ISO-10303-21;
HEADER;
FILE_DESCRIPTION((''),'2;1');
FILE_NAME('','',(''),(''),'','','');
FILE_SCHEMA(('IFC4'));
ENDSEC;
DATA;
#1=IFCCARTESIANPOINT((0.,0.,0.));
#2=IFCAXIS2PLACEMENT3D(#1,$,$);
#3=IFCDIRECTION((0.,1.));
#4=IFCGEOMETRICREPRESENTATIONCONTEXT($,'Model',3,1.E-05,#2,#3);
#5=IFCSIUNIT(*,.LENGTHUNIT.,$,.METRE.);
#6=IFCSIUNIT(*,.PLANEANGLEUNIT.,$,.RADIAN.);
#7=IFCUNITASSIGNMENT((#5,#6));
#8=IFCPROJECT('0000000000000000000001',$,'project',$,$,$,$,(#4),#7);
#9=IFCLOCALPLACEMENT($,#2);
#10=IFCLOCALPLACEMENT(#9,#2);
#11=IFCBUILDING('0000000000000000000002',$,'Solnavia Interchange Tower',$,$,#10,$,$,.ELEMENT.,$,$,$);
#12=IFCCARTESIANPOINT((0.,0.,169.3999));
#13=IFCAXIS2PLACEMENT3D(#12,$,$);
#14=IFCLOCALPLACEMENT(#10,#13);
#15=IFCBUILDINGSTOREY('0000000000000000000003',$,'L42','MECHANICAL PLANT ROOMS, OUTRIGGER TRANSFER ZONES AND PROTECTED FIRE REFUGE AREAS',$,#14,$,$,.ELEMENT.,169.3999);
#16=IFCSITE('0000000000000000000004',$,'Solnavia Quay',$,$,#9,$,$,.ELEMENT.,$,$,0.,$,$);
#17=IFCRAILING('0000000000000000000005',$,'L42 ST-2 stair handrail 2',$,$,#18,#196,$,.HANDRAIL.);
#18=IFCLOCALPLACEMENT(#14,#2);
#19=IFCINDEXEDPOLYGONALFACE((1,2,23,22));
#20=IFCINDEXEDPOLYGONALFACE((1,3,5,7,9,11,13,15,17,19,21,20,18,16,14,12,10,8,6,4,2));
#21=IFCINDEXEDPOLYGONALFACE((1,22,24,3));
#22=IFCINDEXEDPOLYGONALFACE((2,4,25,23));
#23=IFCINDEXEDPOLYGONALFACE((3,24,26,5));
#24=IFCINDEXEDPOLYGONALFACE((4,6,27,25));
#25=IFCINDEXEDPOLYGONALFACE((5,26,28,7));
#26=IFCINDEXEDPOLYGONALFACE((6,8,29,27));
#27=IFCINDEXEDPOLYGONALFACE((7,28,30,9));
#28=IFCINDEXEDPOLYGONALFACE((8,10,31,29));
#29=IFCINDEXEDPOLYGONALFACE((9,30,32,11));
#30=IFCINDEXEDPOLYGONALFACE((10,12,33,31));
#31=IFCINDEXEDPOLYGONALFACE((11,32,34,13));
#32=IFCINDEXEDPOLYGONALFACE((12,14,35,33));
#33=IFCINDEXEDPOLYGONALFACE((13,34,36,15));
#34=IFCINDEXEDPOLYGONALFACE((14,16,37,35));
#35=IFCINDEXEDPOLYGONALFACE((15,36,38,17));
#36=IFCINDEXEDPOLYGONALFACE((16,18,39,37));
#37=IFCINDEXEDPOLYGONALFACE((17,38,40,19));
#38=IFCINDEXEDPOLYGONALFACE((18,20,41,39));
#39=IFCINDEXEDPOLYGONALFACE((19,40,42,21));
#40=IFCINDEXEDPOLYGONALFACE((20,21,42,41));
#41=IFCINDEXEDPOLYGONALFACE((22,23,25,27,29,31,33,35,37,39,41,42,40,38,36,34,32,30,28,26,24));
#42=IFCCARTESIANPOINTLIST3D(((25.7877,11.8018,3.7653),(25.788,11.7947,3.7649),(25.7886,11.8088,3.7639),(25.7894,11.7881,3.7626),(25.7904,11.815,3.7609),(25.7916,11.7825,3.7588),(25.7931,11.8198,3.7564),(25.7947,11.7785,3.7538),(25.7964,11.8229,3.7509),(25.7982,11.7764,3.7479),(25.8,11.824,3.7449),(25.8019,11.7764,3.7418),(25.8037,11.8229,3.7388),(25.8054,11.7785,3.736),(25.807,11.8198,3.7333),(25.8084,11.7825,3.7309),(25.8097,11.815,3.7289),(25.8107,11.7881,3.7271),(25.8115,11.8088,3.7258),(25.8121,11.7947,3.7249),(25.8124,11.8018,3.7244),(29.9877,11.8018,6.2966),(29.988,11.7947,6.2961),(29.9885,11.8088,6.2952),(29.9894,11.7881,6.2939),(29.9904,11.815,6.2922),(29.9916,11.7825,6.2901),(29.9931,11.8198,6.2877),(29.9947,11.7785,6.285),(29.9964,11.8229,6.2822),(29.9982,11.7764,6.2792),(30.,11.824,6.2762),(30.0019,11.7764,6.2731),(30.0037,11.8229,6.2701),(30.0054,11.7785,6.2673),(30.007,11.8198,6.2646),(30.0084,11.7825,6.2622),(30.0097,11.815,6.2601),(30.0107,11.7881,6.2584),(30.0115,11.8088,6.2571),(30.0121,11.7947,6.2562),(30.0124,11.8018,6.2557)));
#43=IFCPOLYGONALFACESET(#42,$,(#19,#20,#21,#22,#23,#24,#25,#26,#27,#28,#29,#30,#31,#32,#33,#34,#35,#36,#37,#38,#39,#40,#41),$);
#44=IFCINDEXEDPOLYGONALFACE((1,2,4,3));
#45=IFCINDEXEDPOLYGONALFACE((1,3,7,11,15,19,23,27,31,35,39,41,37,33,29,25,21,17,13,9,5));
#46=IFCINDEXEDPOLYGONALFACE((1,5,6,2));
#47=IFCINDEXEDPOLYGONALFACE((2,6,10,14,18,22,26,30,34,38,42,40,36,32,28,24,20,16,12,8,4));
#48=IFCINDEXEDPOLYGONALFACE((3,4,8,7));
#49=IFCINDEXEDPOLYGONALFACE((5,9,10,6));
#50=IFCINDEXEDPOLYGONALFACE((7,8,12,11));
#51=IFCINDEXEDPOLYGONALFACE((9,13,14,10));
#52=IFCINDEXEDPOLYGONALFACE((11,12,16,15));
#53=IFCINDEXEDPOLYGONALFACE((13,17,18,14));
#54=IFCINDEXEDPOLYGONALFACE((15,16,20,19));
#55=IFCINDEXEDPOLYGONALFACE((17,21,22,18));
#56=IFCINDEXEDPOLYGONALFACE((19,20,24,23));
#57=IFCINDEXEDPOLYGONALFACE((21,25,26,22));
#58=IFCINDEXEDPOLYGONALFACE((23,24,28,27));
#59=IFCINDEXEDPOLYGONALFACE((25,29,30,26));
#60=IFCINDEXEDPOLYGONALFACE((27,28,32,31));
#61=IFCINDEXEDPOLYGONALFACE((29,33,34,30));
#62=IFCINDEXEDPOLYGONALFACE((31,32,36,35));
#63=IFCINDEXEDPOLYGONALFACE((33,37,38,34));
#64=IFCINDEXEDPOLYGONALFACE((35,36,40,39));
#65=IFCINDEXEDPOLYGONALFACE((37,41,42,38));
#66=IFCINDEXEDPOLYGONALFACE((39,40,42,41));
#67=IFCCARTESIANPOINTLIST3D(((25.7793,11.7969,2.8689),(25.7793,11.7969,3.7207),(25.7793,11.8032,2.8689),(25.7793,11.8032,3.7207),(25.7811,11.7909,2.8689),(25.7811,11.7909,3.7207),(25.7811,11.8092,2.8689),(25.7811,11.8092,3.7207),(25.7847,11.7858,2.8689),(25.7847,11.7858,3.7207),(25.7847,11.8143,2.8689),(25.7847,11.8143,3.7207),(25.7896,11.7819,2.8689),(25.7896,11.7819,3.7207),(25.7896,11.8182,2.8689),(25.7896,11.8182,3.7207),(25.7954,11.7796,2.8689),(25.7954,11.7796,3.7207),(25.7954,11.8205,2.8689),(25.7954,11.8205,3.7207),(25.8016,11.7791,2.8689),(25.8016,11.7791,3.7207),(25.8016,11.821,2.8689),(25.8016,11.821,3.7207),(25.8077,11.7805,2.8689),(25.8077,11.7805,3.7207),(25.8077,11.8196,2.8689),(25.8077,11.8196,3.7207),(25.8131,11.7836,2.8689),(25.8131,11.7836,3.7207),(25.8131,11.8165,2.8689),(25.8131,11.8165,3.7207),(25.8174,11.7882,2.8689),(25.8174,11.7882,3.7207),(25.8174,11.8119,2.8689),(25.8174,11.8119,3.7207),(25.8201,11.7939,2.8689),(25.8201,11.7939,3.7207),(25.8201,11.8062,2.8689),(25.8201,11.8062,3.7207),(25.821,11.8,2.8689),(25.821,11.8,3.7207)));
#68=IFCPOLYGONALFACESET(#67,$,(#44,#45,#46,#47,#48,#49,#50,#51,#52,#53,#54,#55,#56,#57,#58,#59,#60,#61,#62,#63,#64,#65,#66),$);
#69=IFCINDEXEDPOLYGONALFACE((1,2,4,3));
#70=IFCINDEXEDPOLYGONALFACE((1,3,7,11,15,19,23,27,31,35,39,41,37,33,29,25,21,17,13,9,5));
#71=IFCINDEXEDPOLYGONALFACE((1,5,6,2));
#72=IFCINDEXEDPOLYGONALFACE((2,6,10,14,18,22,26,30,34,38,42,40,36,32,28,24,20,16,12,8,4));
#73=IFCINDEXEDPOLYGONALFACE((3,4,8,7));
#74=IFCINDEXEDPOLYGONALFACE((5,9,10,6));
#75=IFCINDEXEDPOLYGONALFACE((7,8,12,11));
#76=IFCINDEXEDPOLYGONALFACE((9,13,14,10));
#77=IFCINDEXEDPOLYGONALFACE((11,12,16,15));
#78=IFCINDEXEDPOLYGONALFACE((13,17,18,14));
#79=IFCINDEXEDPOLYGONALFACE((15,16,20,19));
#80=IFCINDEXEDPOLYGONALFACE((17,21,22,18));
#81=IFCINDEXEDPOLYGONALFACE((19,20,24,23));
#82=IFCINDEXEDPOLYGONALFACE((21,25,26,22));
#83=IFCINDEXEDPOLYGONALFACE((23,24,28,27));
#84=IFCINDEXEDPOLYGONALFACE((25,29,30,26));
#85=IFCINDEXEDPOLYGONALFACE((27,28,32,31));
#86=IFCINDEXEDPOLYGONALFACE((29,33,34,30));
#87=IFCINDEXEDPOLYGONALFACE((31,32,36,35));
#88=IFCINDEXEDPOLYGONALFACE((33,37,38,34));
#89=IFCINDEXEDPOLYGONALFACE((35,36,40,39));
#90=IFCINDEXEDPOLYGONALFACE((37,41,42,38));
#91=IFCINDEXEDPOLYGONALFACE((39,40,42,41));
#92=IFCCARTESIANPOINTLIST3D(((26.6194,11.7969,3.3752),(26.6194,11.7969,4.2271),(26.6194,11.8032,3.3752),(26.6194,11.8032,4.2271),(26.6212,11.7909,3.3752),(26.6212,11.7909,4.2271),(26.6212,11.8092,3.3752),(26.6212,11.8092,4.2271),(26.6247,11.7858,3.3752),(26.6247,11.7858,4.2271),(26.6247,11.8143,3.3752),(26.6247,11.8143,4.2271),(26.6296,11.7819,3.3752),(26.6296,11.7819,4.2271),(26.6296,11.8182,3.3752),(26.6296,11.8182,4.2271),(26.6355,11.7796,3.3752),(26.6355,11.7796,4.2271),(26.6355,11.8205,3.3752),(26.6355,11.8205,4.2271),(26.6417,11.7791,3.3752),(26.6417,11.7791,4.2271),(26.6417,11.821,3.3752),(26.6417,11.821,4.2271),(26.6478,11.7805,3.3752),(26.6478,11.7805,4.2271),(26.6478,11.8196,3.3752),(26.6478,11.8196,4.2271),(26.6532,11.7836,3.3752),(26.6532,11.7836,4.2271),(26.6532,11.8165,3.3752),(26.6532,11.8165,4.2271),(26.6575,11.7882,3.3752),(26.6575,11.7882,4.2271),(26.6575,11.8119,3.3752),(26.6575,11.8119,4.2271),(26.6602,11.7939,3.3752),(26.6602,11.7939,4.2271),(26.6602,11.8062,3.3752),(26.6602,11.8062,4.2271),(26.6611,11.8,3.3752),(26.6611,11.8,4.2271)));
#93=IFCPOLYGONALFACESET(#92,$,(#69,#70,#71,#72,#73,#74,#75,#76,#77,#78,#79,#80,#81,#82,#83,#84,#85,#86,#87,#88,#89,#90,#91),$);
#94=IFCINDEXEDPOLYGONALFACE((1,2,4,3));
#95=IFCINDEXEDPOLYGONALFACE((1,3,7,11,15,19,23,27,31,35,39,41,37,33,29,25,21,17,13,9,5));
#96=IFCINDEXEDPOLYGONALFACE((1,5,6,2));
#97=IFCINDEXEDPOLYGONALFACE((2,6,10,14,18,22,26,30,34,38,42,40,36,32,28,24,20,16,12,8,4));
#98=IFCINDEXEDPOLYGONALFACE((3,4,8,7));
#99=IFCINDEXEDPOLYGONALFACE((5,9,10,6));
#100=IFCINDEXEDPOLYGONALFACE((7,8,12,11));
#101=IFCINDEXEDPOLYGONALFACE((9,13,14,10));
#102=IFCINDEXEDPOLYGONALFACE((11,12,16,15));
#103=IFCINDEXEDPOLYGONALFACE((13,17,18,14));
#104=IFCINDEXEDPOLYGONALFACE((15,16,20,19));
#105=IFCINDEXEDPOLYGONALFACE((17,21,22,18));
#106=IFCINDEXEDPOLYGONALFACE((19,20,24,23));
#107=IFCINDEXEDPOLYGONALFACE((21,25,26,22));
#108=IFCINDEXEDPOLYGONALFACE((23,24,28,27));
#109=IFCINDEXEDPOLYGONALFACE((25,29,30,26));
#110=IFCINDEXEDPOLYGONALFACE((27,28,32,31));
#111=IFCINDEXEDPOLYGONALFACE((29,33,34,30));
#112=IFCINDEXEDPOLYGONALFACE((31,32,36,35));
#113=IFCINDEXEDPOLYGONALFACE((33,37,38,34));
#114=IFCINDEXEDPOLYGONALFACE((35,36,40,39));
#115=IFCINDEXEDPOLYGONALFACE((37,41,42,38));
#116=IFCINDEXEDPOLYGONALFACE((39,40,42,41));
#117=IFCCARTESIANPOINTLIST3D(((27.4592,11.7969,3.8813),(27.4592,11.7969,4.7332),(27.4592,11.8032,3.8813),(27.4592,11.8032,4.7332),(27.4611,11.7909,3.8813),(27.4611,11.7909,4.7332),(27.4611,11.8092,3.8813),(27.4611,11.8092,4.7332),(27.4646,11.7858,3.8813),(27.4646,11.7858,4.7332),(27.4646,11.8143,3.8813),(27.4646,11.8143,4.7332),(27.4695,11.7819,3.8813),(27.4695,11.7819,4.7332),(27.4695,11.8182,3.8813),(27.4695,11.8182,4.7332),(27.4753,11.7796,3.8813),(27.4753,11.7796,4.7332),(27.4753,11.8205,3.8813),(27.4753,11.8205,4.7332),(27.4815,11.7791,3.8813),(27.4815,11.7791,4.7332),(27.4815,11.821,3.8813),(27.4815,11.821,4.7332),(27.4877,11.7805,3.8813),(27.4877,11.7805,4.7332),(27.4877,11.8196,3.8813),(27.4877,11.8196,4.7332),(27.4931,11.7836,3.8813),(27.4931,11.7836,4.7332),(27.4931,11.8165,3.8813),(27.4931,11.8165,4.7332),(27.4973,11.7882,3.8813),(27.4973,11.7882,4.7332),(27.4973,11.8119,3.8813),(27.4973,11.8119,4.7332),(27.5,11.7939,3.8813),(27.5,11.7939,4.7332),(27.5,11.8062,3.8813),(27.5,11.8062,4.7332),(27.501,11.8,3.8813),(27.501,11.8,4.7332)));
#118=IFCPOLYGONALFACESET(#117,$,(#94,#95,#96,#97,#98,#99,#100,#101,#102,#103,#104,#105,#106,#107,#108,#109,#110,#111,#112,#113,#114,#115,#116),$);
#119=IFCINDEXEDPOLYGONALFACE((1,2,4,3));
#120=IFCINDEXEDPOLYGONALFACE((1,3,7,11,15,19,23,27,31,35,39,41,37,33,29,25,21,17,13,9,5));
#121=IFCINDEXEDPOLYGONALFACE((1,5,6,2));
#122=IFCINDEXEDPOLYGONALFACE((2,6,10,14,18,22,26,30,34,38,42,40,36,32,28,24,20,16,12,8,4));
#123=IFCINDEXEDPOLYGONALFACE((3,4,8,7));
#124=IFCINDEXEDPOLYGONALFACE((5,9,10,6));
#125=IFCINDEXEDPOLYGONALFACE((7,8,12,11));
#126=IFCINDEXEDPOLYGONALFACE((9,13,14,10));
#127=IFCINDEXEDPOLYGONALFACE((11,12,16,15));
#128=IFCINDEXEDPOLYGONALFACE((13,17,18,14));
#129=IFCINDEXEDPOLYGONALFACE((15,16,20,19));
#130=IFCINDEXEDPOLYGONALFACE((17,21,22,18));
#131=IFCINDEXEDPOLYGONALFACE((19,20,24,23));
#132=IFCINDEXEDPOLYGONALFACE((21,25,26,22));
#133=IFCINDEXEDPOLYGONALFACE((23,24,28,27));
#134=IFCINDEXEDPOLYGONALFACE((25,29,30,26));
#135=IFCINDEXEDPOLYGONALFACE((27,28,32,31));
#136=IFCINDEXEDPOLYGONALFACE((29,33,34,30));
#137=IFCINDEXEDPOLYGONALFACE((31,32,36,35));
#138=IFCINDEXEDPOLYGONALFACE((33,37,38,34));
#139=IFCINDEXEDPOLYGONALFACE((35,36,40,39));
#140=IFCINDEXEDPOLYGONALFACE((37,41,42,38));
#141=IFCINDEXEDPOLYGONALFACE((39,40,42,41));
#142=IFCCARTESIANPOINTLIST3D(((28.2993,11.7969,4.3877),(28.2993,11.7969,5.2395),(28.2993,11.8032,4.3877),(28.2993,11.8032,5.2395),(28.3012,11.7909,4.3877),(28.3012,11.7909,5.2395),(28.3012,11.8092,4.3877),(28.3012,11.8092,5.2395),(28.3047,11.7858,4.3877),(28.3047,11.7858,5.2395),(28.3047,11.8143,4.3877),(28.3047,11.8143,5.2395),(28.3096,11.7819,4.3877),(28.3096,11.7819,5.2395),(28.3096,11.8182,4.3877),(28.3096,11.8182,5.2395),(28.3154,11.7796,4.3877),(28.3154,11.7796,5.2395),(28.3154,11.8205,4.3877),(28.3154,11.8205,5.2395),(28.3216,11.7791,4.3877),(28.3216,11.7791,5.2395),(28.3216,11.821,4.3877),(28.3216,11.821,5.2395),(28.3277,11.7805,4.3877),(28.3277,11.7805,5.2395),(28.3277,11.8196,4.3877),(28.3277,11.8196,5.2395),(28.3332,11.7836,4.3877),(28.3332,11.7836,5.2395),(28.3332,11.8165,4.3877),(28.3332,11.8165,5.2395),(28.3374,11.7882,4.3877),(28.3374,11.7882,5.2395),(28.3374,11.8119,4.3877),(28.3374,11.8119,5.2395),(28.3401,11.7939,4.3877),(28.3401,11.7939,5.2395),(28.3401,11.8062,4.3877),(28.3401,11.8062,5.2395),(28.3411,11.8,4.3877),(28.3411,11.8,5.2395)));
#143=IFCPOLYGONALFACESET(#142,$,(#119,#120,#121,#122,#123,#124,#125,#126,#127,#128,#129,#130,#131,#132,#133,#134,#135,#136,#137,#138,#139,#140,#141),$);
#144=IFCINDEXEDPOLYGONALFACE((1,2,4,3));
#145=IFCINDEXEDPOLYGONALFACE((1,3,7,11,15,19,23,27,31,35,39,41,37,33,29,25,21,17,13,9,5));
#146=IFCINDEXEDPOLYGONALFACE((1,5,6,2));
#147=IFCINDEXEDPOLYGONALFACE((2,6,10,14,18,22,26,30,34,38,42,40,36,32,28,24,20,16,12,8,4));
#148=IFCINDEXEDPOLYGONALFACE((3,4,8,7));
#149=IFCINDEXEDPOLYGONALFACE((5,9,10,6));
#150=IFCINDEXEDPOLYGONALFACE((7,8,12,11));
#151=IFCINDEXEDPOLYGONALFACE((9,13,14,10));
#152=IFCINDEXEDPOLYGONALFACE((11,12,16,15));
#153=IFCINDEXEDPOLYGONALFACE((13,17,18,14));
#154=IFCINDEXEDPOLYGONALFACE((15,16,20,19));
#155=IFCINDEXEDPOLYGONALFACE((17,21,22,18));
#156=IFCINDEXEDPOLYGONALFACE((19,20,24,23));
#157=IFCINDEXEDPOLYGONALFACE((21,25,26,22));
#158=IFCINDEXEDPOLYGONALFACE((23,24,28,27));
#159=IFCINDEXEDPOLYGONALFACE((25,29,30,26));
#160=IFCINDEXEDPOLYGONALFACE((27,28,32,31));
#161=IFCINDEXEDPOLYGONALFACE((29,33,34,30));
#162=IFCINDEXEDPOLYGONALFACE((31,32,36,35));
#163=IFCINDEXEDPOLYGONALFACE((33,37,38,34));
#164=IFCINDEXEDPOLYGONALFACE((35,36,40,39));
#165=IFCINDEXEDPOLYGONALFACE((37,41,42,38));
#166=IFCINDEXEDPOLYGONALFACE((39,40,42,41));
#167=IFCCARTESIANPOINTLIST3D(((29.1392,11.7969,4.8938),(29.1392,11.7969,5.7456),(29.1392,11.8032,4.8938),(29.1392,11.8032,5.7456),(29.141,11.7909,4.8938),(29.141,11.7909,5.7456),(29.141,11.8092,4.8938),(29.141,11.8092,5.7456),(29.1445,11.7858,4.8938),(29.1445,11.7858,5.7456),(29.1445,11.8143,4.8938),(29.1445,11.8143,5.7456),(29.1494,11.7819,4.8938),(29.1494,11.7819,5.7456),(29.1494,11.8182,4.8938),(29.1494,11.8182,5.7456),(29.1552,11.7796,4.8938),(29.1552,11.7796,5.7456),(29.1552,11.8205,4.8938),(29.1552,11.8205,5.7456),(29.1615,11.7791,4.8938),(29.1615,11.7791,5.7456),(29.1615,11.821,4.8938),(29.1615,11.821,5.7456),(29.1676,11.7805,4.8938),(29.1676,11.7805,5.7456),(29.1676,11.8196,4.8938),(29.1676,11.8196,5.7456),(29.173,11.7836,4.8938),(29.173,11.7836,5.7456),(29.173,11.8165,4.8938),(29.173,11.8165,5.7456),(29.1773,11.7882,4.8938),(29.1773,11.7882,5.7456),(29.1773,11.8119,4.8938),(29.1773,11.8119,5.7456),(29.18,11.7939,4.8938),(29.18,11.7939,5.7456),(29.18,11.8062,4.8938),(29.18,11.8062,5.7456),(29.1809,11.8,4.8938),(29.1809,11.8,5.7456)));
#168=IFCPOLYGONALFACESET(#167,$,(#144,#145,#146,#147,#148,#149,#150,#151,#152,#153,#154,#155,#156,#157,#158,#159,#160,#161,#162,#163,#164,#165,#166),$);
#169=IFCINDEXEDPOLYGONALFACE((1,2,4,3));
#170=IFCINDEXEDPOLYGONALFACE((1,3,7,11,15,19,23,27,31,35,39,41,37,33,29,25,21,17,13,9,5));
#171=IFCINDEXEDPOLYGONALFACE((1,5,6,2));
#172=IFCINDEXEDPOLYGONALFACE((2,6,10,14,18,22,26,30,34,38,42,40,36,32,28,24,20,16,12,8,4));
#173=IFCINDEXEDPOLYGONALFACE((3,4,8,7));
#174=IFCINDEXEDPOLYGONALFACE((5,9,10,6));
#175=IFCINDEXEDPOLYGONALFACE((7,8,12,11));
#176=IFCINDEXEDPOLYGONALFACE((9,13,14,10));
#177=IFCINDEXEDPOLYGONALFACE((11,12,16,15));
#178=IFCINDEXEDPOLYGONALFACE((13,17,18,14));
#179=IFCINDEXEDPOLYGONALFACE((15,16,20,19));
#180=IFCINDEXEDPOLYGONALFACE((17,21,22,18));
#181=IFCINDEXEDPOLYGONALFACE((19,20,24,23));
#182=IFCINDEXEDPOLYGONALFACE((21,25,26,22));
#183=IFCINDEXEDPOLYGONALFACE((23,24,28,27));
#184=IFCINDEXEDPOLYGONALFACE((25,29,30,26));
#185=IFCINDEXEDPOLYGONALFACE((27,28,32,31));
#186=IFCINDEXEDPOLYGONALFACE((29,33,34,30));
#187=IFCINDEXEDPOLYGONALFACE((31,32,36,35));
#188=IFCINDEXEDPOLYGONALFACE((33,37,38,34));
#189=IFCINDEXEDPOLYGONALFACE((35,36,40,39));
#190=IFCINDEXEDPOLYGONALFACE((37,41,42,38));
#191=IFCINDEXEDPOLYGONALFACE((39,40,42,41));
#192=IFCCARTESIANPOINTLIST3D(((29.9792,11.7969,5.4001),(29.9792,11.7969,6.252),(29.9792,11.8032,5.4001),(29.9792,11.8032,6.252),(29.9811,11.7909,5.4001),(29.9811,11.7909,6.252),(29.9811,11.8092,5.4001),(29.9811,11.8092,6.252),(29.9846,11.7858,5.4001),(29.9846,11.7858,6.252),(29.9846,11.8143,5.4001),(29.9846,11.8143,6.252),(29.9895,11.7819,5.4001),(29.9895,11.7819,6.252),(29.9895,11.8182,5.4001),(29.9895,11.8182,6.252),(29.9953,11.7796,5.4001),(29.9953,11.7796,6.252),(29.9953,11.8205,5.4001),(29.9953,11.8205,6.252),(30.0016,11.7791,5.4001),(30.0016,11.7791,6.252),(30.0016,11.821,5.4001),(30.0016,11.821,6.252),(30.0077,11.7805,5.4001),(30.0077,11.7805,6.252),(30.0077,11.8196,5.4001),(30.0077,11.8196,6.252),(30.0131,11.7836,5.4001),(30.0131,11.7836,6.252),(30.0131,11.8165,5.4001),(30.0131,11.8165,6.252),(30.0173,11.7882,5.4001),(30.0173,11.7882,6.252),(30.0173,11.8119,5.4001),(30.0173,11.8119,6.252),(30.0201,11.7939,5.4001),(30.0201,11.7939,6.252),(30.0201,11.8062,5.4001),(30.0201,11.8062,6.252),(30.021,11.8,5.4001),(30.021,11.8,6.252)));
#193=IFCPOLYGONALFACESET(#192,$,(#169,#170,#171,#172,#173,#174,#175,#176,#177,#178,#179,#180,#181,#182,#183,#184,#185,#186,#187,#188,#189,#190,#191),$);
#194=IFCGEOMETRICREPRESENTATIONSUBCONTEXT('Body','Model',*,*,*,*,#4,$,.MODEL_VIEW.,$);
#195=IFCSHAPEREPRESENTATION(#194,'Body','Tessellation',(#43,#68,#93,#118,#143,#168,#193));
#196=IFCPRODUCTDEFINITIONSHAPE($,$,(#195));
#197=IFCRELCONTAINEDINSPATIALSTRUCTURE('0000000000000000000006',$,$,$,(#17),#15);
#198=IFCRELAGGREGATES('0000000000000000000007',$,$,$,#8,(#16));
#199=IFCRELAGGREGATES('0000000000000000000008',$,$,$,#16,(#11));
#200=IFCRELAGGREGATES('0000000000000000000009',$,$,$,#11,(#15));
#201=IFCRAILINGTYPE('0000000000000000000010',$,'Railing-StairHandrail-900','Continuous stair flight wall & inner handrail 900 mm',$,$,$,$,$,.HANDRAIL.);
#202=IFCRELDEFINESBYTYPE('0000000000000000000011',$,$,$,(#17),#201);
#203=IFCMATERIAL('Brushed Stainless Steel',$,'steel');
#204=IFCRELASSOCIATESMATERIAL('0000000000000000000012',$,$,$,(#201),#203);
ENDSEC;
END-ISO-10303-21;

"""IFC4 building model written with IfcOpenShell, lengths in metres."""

from ifc_helpers import new_model, si_unit, direction, frame, origin, origin_2d, place, context, subcontext, project, spatial, circle, extrude, material, type_object, element, save


model = new_model("IFC4")

# Units and contexts
model_context = context("Model", 3, precision=1e-05, world=origin(), true_north=direction((0.0, 1.0)))
body_context = subcontext(model_context, "Body", "Model", "MODEL_VIEW")
ifc_project = project(units=[si_unit("LENGTHUNIT", "METRE"), si_unit("PLANEANGLEUNIT", "RADIAN")], contexts=[model_context])

# Site, building, storey
site_placement = place(None, origin())
site = spatial("IfcSite", under=ifc_project, at=site_placement, Name="Solnavia Quay", CompositionType="ELEMENT", RefElevation=0.0)
building_placement = place(site_placement, origin())
building = spatial("IfcBuilding", under=site, at=building_placement, Name="Solnavia Interchange Tower", CompositionType="ELEMENT")
storey_placement = place(building_placement, frame((0.0, 0.0, 169.3999)))
storey = spatial("IfcBuildingStorey", under=building, at=storey_placement, Name="L42", Description="MECHANICAL PLANT ROOMS, OUTRIGGER TRANSFER ZONES AND PROTECTED FIRE REFUGE AREAS", CompositionType="ELEMENT", Elevation=169.3999)

# Railing
ifc_material_1 = material(Name="Brushed Stainless Steel", Category="steel")
railing_type = type_object("IfcRailingType", Name="Railing-StairHandrail-900", Description="Continuous stair flight wall & inner handrail 900 mm", PredefinedType="HANDRAIL", material=ifc_material_1)
railing_1_placement = place(storey_placement, frame((25.8, 11.8, 2.8689)))
element("IfcRailing", 1, at=railing_1_placement, inside=storey, type_object=railing_type, Name="L42 ST-2 stair handrail 2", PredefinedType="HANDRAIL", context=body_context, shape_type="SweptSolid", body=[
    extrude(circle(Radius=0.0239, at=origin_2d()), frame((0.0, 0.0, 0.876), z_axis=(0.856476, 0.0, 0.516186), x_axis=(0.0, 1.0, 0.0)), (0.0, 0.0, 1.0), 4.9038),
    extrude(circle(Radius=0.021, at=origin_2d()), origin(), (0.0, 0.0, 1.0), 0.8518),
    extrude(circle(Radius=0.021, at=origin_2d()), frame((0.8401, 0.0, 0.5063)), (0.0, 0.0, 1.0), 0.8518),
    extrude(circle(Radius=0.021, at=origin_2d()), frame((1.6799, 0.0, 1.0125)), (0.0, 0.0, 1.0), 0.8518),
    extrude(circle(Radius=0.021, at=origin_2d()), frame((2.52, 0.0, 1.5188)), (0.0, 0.0, 1.0), 0.8518),
    extrude(circle(Radius=0.021, at=origin_2d()), frame((3.3599, 0.0, 2.0249)), (0.0, 0.0, 1.0), 0.8518),
    extrude(circle(Radius=0.021, at=origin_2d()), frame((4.2, 0.0, 2.5312)), (0.0, 0.0, 1.0), 0.8518),
])

save(model, "model.ifc")
